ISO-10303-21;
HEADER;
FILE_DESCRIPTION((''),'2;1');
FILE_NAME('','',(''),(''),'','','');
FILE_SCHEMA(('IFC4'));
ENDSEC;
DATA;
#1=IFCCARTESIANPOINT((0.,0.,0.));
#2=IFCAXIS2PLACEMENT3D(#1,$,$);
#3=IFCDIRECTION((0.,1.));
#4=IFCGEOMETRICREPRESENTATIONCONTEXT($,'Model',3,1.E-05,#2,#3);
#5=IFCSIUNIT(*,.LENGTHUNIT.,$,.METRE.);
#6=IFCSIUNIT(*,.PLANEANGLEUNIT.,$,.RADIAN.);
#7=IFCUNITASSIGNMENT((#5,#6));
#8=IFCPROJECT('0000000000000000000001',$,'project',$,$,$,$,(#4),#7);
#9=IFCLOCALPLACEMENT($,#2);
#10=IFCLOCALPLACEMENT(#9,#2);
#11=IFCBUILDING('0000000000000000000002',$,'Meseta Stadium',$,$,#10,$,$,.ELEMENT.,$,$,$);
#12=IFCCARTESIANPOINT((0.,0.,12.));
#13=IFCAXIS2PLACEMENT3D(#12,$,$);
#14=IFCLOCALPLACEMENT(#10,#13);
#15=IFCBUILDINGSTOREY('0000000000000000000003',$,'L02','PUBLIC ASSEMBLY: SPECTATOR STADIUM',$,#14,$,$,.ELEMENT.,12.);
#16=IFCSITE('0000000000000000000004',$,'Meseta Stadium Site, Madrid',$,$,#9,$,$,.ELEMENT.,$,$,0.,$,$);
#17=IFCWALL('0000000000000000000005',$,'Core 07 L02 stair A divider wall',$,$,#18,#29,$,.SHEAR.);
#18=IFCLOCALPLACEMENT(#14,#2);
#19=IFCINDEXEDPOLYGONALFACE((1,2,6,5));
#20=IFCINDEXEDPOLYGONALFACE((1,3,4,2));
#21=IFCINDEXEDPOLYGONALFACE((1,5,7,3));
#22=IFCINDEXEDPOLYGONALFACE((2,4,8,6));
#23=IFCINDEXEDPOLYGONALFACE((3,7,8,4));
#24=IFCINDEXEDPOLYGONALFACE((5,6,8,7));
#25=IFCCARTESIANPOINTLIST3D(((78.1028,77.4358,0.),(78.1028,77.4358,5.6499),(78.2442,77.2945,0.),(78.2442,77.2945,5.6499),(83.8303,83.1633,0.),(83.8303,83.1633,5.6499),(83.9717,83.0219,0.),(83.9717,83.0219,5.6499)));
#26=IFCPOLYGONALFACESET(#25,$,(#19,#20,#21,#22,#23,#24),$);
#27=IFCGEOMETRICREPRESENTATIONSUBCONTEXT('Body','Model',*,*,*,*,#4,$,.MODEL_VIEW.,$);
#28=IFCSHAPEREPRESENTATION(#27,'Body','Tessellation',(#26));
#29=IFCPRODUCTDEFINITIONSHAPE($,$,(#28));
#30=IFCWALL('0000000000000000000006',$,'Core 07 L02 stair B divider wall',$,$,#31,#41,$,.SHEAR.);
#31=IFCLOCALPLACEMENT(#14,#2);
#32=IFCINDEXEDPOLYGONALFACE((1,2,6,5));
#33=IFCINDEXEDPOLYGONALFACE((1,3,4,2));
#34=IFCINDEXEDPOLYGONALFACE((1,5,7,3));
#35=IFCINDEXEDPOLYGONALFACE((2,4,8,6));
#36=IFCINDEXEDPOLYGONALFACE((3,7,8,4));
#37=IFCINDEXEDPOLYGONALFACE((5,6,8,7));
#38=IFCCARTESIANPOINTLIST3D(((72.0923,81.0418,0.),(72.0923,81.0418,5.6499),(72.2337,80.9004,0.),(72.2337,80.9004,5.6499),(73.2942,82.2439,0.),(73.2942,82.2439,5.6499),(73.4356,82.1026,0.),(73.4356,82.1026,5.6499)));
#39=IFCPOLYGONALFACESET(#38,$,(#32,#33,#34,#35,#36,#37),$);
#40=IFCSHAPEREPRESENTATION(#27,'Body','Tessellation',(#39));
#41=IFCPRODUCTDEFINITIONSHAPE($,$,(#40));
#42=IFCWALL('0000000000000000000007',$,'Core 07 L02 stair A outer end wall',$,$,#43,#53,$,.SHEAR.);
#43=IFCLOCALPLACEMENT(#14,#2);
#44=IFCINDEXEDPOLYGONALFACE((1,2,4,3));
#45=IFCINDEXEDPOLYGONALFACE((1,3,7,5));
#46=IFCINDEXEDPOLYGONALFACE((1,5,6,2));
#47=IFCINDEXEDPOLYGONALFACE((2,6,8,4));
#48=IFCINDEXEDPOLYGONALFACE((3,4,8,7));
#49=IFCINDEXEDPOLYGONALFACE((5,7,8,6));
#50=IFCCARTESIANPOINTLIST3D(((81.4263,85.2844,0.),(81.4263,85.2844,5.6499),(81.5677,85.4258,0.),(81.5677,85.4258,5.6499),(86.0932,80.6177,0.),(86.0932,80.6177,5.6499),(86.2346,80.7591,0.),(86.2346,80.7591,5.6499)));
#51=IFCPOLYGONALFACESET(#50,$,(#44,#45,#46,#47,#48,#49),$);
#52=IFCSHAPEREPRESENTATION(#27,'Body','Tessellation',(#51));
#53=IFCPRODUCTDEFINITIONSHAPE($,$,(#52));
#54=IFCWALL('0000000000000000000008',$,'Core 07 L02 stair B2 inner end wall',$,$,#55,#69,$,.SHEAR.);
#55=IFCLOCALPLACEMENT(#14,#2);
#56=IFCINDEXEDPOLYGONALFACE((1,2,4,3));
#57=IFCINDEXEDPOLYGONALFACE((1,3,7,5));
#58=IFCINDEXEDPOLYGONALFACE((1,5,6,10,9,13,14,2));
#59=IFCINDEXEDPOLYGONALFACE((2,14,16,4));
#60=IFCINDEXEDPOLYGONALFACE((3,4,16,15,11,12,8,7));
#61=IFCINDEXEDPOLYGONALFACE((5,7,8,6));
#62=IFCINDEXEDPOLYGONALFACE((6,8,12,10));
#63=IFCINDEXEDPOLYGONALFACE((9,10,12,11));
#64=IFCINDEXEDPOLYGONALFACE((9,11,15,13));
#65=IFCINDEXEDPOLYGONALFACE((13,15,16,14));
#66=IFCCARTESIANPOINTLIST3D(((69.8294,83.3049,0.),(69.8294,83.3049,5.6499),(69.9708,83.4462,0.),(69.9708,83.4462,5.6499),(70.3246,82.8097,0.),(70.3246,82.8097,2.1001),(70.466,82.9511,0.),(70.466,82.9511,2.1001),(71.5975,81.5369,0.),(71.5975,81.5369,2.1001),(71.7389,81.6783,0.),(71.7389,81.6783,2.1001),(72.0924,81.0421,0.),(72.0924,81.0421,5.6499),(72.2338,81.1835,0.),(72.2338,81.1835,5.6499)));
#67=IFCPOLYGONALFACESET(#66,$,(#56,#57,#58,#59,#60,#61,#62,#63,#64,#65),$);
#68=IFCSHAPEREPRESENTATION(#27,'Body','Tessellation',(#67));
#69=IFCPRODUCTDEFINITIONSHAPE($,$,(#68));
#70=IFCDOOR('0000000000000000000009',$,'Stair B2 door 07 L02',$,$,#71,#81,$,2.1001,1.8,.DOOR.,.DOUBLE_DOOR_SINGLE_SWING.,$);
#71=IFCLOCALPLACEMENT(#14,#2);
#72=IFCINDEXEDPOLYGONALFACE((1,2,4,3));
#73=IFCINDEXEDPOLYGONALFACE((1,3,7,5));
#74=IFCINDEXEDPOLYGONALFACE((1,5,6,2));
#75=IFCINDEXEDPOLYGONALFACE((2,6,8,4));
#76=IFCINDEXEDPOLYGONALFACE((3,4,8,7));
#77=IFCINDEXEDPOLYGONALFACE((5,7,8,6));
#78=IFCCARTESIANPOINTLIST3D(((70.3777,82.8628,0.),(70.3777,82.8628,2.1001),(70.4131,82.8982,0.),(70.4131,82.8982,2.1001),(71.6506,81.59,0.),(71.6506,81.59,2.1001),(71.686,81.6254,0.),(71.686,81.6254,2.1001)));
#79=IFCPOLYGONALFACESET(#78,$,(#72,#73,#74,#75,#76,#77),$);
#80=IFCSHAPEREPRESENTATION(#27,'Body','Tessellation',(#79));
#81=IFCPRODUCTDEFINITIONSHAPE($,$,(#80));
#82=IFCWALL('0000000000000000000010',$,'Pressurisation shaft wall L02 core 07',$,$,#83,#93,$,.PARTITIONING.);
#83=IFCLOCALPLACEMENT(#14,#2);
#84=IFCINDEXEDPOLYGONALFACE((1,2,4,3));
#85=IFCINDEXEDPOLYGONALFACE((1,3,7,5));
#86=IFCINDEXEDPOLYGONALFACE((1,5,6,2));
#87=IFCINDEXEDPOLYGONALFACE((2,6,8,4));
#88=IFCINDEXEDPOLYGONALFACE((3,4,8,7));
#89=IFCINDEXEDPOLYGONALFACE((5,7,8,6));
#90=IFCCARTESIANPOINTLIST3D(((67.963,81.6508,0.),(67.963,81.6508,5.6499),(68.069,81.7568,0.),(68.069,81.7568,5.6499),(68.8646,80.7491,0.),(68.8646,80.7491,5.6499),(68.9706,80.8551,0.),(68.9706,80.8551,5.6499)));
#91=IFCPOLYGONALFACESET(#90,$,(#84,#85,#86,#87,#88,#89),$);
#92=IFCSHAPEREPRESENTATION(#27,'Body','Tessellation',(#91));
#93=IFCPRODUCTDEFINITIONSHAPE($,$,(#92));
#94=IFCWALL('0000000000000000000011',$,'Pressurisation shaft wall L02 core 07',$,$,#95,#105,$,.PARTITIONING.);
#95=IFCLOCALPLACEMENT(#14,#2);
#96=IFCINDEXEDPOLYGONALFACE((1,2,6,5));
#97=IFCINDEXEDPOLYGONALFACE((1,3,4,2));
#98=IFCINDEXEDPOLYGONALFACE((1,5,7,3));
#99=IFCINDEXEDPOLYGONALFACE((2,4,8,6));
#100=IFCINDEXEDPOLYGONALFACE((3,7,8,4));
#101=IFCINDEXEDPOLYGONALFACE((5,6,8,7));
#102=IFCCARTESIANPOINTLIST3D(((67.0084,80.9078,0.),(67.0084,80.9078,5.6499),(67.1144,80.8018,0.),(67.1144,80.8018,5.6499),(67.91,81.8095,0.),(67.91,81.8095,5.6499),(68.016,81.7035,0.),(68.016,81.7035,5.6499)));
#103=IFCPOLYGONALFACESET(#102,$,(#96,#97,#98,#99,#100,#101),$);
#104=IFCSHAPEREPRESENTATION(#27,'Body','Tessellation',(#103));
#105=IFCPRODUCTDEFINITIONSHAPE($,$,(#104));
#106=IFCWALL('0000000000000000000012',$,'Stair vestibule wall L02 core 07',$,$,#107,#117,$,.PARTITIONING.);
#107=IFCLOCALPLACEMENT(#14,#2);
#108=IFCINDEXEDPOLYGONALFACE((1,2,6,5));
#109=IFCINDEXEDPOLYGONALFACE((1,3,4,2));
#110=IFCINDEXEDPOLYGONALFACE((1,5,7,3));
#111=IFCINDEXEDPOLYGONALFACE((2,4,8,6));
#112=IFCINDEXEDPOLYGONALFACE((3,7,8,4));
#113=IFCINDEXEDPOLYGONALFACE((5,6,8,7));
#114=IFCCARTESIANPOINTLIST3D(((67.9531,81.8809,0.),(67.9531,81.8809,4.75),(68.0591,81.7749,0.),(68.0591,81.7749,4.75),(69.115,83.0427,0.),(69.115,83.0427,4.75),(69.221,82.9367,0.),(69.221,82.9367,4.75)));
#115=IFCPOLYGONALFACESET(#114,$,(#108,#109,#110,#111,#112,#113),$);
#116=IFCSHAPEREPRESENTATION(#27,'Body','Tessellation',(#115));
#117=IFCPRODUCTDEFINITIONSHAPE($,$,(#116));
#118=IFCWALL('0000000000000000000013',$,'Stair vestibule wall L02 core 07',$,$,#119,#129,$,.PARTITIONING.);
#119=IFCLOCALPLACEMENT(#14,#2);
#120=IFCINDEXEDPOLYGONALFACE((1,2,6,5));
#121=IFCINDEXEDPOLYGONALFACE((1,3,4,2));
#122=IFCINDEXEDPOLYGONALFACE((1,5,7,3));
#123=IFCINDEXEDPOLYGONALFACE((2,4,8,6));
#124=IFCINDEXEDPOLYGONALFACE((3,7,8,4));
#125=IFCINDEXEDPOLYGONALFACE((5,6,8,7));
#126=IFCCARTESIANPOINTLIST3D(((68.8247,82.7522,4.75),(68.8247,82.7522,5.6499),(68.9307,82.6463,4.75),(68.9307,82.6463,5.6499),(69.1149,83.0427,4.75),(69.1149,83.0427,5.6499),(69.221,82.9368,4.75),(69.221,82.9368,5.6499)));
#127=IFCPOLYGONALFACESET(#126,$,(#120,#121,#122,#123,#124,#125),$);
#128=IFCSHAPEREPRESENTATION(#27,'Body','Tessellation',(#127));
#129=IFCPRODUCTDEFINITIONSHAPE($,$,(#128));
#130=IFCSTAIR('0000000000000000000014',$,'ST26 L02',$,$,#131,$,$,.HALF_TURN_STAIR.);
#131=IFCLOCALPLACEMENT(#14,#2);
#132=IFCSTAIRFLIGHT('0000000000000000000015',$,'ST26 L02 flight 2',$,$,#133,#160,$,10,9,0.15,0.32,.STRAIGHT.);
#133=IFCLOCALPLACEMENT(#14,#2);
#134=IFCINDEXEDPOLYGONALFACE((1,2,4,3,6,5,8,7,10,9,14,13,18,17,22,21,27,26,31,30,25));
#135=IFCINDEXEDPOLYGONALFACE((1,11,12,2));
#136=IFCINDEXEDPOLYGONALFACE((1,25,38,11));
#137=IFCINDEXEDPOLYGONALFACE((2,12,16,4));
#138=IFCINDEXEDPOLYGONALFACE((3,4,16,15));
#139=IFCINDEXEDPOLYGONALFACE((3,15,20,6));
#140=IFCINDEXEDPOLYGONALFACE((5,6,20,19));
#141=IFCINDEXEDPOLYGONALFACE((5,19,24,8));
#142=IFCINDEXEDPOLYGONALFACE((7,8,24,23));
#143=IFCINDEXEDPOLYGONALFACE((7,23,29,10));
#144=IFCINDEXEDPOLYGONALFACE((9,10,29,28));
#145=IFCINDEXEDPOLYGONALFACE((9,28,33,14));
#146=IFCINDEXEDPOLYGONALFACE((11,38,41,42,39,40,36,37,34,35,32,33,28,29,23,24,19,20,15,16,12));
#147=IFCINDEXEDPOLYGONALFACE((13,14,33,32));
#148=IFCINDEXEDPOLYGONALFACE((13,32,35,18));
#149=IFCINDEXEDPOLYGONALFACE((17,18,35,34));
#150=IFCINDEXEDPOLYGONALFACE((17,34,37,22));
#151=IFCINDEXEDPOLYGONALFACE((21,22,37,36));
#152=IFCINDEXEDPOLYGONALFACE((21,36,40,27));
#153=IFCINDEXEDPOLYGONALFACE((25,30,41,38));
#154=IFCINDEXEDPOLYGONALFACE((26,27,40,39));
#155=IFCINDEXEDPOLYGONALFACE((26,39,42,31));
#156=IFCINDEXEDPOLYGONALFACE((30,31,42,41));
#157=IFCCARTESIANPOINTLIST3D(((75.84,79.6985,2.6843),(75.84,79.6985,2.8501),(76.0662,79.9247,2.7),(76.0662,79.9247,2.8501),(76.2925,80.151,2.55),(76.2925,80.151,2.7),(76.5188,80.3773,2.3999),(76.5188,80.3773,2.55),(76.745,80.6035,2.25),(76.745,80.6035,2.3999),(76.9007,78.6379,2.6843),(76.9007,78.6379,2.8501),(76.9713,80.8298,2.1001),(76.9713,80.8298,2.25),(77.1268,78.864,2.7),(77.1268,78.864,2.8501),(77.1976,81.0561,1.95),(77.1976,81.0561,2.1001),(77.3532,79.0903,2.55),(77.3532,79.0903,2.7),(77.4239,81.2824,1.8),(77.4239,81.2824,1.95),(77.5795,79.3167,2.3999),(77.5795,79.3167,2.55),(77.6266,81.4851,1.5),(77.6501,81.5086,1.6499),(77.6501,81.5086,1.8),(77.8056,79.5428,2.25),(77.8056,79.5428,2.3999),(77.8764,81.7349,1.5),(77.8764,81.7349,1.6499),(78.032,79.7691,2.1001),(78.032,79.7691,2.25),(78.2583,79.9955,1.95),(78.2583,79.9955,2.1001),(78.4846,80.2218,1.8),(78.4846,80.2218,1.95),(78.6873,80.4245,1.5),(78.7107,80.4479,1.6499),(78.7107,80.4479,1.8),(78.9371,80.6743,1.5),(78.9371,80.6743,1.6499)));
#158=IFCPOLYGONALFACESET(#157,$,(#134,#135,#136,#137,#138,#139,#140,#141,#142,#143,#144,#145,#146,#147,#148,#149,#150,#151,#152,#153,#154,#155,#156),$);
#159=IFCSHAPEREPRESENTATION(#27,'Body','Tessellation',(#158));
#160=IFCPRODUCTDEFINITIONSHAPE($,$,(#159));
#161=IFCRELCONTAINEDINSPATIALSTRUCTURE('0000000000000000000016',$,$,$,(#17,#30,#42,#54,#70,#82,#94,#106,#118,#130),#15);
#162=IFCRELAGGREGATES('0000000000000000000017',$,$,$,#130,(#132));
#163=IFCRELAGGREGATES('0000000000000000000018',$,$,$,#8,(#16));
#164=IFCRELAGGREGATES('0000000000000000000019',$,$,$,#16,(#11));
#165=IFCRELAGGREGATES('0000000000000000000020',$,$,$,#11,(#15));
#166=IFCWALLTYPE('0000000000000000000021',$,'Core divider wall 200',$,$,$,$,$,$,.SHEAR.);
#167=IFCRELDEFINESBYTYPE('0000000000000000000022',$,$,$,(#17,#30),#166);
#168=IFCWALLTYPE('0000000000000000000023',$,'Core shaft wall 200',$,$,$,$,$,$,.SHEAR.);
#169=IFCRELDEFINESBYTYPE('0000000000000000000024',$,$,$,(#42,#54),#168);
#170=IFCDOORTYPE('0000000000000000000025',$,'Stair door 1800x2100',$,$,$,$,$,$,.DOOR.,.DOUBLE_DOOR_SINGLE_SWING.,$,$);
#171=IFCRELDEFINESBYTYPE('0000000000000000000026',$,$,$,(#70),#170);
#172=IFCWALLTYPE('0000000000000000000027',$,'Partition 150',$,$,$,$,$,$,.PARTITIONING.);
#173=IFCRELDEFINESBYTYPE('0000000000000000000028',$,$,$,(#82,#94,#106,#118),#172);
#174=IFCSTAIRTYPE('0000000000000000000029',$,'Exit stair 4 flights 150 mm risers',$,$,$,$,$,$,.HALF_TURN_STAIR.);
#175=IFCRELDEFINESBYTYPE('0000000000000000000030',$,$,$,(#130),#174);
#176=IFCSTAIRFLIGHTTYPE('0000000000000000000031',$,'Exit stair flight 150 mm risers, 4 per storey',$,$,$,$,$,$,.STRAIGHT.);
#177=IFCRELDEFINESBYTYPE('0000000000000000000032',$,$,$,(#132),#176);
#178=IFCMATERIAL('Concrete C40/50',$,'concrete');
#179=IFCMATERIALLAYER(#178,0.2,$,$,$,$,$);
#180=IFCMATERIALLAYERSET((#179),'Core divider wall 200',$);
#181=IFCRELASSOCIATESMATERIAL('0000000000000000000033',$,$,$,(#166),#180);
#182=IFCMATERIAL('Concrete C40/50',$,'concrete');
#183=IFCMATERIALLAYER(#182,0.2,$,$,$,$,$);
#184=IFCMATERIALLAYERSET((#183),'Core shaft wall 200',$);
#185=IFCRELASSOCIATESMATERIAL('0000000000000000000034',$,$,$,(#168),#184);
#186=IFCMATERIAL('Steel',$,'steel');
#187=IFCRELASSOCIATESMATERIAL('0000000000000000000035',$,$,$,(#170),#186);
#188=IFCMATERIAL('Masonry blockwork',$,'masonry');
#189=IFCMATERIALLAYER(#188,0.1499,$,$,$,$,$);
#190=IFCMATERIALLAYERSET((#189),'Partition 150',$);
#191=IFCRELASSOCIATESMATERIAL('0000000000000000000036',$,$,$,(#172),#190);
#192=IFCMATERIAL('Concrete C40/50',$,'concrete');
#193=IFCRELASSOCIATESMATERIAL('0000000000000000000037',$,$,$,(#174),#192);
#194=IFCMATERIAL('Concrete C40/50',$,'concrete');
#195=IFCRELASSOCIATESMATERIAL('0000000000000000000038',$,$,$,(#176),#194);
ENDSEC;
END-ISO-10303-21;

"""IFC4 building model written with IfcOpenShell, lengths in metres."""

from ifc_helpers import new_model, si_unit, direction, frame, frame_2d, origin, place, context, subcontext, project, spatial, polyline, rectangle, outline, extrude, material, layer, layer_set, type_object, element, fill, aggregate, save


model = new_model("IFC4")

# Units and contexts
model_context = context("Model", 3, precision=1e-05, world=origin(), true_north=direction((0.0, 1.0)))
body_context = subcontext(model_context, "Body", "Model", "MODEL_VIEW")
ifc_project = project(units=[si_unit("LENGTHUNIT", "METRE"), si_unit("PLANEANGLEUNIT", "RADIAN")], contexts=[model_context])

# Site, building, storey
site_placement = place(None, origin())
site = spatial("IfcSite", under=ifc_project, at=site_placement, Name="Meseta Stadium Site, Madrid", CompositionType="ELEMENT", RefElevation=0.0)
building_placement = place(site_placement, origin())
building = spatial("IfcBuilding", under=site, at=building_placement, Name="Meseta Stadium", CompositionType="ELEMENT")
storey_placement = place(building_placement, frame((0.0, 0.0, 12.0)))
storey = spatial("IfcBuildingStorey", under=building, at=storey_placement, Name="L02", Description="PUBLIC ASSEMBLY: SPECTATOR STADIUM", CompositionType="ELEMENT", Elevation=12.0)

# Walls
ifc_material_1 = material(Name="Concrete C40/50", Category="concrete")
ifc_layer_1 = layer(ifc_material_1, 0.2)
ifc_layer_set_1 = layer_set([ifc_layer_1], Name="Core divider wall 200")
wall_type_1 = type_object("IfcWallType", Name="Core divider wall 200", PredefinedType="SHEAR", material=ifc_layer_set_1)
wall_1_placement = place(storey_placement, frame((83.9009, 83.0925, 0.0), z_axis=(0.0, 0.0, 1.0), x_axis=(-0.707107, -0.707107, 0.0)))
element("IfcWall", 1, at=wall_1_placement, inside=storey, type_object=wall_type_1, Name="Core 07 L02 stair A divider wall", PredefinedType="SHEAR", context=body_context, shape_type="SweptSolid", body=[
    extrude(rectangle(XDim=8.0999, YDim=0.2, at=frame_2d((4.0498, 0.0))), origin(), (0.0, 0.0, 1.0), 5.6499),
])
wall_2_placement = place(storey_placement, frame((73.365, 82.1733, 0.0), z_axis=(0.0, 0.0, 1.0), x_axis=(-0.707035, -0.707179, 0.0)))
element("IfcWall", 2, at=wall_2_placement, inside=storey, type_object=wall_type_1, Name="Core 07 L02 stair B divider wall", PredefinedType="SHEAR", context=body_context, shape_type="SweptSolid", body=[
    extrude(rectangle(XDim=1.7, YDim=0.2, at=frame_2d((0.8501, 0.0))), origin(), (0.0, 0.0, 1.0), 5.6499),
])
ifc_material_2 = material(Name="Concrete C40/50", Category="concrete")
ifc_layer_2 = layer(ifc_material_2, 0.2)
ifc_layer_set_2 = layer_set([ifc_layer_2], Name="Core shaft wall 200")
wall_type_2 = type_object("IfcWallType", Name="Core shaft wall 200", PredefinedType="SHEAR", material=ifc_layer_set_2)
wall_3_placement = place(storey_placement, frame((86.1638, 80.6885, 0.0), z_axis=(0.0, 0.0, 1.0), x_axis=(-0.707125, 0.707088, 0.0)))
element("IfcWall", 3, at=wall_3_placement, inside=storey, type_object=wall_type_2, Name="Core 07 L02 stair A outer end wall", PredefinedType="SHEAR", context=body_context, shape_type="SweptSolid", body=[
    extrude(rectangle(XDim=6.5999, YDim=0.2, at=frame_2d((3.2998, 0.0))), origin(), (0.0, 0.0, 1.0), 5.6499),
])

# Wall, opening, door
wall_4_placement = place(storey_placement, frame((72.1631, 81.1128, 0.0), z_axis=(0.0, 0.0, 1.0), x_axis=(-0.707145, 0.707069, 0.0)))
wall_4 = element("IfcWall", 4, at=wall_4_placement, inside=storey, type_object=wall_type_2, Name="Core 07 L02 stair B2 inner end wall", PredefinedType="SHEAR", context=body_context, shape_type="SweptSolid", body=[
    extrude(rectangle(XDim=3.2002, YDim=0.2, at=frame_2d((1.6001, 0.0))), origin(), (0.0, 0.0, 1.0), 5.6499),
])
opening_placement = place(wall_4_placement, frame((0.7, 0.0, 0.0)))
opening = element("IfcOpeningElement", 5, at=opening_placement, cuts=wall_4, PredefinedType="OPENING", context=body_context, shape_type="SweptSolid", body=[
    extrude(rectangle(XDim=1.8, YDim=2.1001, at=frame_2d((0.8999, 1.05))), frame((0.0, 0.1099, 0.0), z_axis=(0.0, -1.0, 0.0), x_axis=(1.0, 0.0, 0.0)), (0.0, 0.0, 1.0), 0.22),
])
ifc_material_3 = material(Name="Steel", Category="steel")
door_type = type_object("IfcDoorType", Name="Stair door 1800x2100", OperationType="DOUBLE_DOOR_SINGLE_SWING", PredefinedType="DOOR", material=ifc_material_3)
door_placement = place(opening_placement, origin())
door = element("IfcDoor", 6, at=door_placement, inside=storey, type_object=door_type, Name="Stair B2 door 07 L02", OperationType="DOUBLE_DOOR_SINGLE_SWING", OverallHeight=2.1001, OverallWidth=1.8, PredefinedType="DOOR", context=body_context, shape_type="SweptSolid", body=[
    extrude(rectangle(XDim=1.8, YDim=2.1001, at=frame_2d((0.8999, 1.05))), frame((0.0, 0.0249, 0.0), z_axis=(0.0, -1.0, 0.0), x_axis=(1.0, 0.0, 0.0)), (0.0, 0.0, 1.0), 0.05),
])
fill(opening, door)

# Walls
ifc_material_4 = material(Name="Masonry blockwork", Category="masonry")
ifc_layer_3 = layer(ifc_material_4, 0.1499)
ifc_layer_set_3 = layer_set([ifc_layer_3], Name="Partition 150")
wall_type_3 = type_object("IfcWallType", Name="Partition 150", PredefinedType="PARTITIONING", material=ifc_layer_set_3)
for number, where, z_axis, x_axis, name in (
    (7, (68.9177, 80.802, 0.0), (0.0, 0.0, 1.0), (-0.707107, 0.707107, 0.0), "Pressurisation shaft wall L02 core 07"),
    (8, (67.9631, 81.7566, 0.0), (0.0, 0.0, 1.0), (-0.707107, -0.707107, 0.0), "Pressurisation shaft wall L02 core 07"),
):
    element("IfcWall", number, at=place(storey_placement, frame(where, z_axis=z_axis, x_axis=x_axis)), inside=storey, type_object=wall_type_3, Name=name, PredefinedType="PARTITIONING", context=body_context, shape_type="SweptSolid", body=[
        extrude(rectangle(XDim=1.2751, YDim=0.1499, at=frame_2d((0.6377, 0.0))), origin(), (0.0, 0.0, 1.0), 5.6499),
    ])
wall_5_placement = place(storey_placement, frame((69.168, 82.9897, 0.0), z_axis=(0.0, 0.0, 1.0), x_axis=(-0.707107, -0.707107, 0.0)))
element("IfcWall", 9, at=wall_5_placement, inside=storey, type_object=wall_type_3, Name="Stair vestibule wall L02 core 07", PredefinedType="PARTITIONING", context=body_context, shape_type="SweptSolid", body=[
    extrude(rectangle(XDim=1.6431, YDim=0.1499, at=frame_2d((0.8215, 0.0))), origin(), (0.0, 0.0, 1.0), 4.75),
])
wall_6_placement = place(storey_placement, frame((69.168, 82.9897, 4.75), z_axis=(0.0, 0.0, 1.0), x_axis=(-0.706809, -0.707404, 0.0)))
element("IfcWall", 10, at=wall_6_placement, inside=storey, type_object=wall_type_3, Name="Stair vestibule wall L02 core 07", PredefinedType="PARTITIONING", context=body_context, shape_type="SweptSolid", body=[
    extrude(rectangle(XDim=0.4106, YDim=0.1499, at=frame_2d((0.2053, 0.0))), origin(), (0.0, 0.0, 1.0), 0.8999),
])

# Stair, stair flight
ifc_material_5 = material(Name="Concrete C40/50", Category="concrete")
stair_type = type_object("IfcStairType", Name="Exit stair 4 flights 150 mm risers", PredefinedType="HALF_TURN_STAIR", material=ifc_material_5)
stair_1_placement = place(storey_placement, origin())
stair_1 = element("IfcStair", 11, at=stair_1_placement, inside=storey, type_object=stair_type, Name="ST26 L02", PredefinedType="HALF_TURN_STAIR")
ifc_material_6 = material(Name="Concrete C40/50", Category="concrete")
stair_flight_type = type_object("IfcStairFlightType", Name="Exit stair flight 150 mm risers, 4 per storey", PredefinedType="STRAIGHT", material=ifc_material_6)
stair_flight_1_placement = place(storey_placement, frame((78.4067, 81.2046, 1.5), z_axis=(0.0, 0.0, 1.0), x_axis=(-0.707107, -0.707107, 0.0)))
stair_flight_1 = element("IfcStairFlight", 12, at=stair_flight_1_placement, type_object=stair_flight_type, Name="ST26 L02 flight 2", NumberOfRisers=10, NumberOfTreads=9, PredefinedType="STRAIGHT", RiserHeight=0.15, TreadLength=0.32, context=body_context, shape_type="SweptSolid", body=[
    extrude(outline(polyline([(0.0, 0.0), (0.0, 0.1499), (0.3201, 0.1499), (0.3201, 0.3), (0.6399, 0.3), (0.6399, 0.45), (0.96, 0.45), (0.96, 0.6001), (1.28, 0.6001), (1.28, 0.75), (1.6001, 0.75), (1.6001, 0.8999), (1.9199, 0.8999), (1.9199, 1.05), (2.24, 1.05), (2.24, 1.2), (2.5601, 1.2), (2.5601, 1.3501), (2.8799, 1.3501), (2.8799, 1.1843), (0.3533, 0.0), (0.0, 0.0)])), frame((0.0, 0.75, 0.0), z_axis=(0.0, -1.0, 0.0), x_axis=(1.0, 0.0, 0.0)), (0.0, 0.0, 1.0), 1.5),
])
aggregate(stair_1, [stair_flight_1])

save(model, "model.ifc")
